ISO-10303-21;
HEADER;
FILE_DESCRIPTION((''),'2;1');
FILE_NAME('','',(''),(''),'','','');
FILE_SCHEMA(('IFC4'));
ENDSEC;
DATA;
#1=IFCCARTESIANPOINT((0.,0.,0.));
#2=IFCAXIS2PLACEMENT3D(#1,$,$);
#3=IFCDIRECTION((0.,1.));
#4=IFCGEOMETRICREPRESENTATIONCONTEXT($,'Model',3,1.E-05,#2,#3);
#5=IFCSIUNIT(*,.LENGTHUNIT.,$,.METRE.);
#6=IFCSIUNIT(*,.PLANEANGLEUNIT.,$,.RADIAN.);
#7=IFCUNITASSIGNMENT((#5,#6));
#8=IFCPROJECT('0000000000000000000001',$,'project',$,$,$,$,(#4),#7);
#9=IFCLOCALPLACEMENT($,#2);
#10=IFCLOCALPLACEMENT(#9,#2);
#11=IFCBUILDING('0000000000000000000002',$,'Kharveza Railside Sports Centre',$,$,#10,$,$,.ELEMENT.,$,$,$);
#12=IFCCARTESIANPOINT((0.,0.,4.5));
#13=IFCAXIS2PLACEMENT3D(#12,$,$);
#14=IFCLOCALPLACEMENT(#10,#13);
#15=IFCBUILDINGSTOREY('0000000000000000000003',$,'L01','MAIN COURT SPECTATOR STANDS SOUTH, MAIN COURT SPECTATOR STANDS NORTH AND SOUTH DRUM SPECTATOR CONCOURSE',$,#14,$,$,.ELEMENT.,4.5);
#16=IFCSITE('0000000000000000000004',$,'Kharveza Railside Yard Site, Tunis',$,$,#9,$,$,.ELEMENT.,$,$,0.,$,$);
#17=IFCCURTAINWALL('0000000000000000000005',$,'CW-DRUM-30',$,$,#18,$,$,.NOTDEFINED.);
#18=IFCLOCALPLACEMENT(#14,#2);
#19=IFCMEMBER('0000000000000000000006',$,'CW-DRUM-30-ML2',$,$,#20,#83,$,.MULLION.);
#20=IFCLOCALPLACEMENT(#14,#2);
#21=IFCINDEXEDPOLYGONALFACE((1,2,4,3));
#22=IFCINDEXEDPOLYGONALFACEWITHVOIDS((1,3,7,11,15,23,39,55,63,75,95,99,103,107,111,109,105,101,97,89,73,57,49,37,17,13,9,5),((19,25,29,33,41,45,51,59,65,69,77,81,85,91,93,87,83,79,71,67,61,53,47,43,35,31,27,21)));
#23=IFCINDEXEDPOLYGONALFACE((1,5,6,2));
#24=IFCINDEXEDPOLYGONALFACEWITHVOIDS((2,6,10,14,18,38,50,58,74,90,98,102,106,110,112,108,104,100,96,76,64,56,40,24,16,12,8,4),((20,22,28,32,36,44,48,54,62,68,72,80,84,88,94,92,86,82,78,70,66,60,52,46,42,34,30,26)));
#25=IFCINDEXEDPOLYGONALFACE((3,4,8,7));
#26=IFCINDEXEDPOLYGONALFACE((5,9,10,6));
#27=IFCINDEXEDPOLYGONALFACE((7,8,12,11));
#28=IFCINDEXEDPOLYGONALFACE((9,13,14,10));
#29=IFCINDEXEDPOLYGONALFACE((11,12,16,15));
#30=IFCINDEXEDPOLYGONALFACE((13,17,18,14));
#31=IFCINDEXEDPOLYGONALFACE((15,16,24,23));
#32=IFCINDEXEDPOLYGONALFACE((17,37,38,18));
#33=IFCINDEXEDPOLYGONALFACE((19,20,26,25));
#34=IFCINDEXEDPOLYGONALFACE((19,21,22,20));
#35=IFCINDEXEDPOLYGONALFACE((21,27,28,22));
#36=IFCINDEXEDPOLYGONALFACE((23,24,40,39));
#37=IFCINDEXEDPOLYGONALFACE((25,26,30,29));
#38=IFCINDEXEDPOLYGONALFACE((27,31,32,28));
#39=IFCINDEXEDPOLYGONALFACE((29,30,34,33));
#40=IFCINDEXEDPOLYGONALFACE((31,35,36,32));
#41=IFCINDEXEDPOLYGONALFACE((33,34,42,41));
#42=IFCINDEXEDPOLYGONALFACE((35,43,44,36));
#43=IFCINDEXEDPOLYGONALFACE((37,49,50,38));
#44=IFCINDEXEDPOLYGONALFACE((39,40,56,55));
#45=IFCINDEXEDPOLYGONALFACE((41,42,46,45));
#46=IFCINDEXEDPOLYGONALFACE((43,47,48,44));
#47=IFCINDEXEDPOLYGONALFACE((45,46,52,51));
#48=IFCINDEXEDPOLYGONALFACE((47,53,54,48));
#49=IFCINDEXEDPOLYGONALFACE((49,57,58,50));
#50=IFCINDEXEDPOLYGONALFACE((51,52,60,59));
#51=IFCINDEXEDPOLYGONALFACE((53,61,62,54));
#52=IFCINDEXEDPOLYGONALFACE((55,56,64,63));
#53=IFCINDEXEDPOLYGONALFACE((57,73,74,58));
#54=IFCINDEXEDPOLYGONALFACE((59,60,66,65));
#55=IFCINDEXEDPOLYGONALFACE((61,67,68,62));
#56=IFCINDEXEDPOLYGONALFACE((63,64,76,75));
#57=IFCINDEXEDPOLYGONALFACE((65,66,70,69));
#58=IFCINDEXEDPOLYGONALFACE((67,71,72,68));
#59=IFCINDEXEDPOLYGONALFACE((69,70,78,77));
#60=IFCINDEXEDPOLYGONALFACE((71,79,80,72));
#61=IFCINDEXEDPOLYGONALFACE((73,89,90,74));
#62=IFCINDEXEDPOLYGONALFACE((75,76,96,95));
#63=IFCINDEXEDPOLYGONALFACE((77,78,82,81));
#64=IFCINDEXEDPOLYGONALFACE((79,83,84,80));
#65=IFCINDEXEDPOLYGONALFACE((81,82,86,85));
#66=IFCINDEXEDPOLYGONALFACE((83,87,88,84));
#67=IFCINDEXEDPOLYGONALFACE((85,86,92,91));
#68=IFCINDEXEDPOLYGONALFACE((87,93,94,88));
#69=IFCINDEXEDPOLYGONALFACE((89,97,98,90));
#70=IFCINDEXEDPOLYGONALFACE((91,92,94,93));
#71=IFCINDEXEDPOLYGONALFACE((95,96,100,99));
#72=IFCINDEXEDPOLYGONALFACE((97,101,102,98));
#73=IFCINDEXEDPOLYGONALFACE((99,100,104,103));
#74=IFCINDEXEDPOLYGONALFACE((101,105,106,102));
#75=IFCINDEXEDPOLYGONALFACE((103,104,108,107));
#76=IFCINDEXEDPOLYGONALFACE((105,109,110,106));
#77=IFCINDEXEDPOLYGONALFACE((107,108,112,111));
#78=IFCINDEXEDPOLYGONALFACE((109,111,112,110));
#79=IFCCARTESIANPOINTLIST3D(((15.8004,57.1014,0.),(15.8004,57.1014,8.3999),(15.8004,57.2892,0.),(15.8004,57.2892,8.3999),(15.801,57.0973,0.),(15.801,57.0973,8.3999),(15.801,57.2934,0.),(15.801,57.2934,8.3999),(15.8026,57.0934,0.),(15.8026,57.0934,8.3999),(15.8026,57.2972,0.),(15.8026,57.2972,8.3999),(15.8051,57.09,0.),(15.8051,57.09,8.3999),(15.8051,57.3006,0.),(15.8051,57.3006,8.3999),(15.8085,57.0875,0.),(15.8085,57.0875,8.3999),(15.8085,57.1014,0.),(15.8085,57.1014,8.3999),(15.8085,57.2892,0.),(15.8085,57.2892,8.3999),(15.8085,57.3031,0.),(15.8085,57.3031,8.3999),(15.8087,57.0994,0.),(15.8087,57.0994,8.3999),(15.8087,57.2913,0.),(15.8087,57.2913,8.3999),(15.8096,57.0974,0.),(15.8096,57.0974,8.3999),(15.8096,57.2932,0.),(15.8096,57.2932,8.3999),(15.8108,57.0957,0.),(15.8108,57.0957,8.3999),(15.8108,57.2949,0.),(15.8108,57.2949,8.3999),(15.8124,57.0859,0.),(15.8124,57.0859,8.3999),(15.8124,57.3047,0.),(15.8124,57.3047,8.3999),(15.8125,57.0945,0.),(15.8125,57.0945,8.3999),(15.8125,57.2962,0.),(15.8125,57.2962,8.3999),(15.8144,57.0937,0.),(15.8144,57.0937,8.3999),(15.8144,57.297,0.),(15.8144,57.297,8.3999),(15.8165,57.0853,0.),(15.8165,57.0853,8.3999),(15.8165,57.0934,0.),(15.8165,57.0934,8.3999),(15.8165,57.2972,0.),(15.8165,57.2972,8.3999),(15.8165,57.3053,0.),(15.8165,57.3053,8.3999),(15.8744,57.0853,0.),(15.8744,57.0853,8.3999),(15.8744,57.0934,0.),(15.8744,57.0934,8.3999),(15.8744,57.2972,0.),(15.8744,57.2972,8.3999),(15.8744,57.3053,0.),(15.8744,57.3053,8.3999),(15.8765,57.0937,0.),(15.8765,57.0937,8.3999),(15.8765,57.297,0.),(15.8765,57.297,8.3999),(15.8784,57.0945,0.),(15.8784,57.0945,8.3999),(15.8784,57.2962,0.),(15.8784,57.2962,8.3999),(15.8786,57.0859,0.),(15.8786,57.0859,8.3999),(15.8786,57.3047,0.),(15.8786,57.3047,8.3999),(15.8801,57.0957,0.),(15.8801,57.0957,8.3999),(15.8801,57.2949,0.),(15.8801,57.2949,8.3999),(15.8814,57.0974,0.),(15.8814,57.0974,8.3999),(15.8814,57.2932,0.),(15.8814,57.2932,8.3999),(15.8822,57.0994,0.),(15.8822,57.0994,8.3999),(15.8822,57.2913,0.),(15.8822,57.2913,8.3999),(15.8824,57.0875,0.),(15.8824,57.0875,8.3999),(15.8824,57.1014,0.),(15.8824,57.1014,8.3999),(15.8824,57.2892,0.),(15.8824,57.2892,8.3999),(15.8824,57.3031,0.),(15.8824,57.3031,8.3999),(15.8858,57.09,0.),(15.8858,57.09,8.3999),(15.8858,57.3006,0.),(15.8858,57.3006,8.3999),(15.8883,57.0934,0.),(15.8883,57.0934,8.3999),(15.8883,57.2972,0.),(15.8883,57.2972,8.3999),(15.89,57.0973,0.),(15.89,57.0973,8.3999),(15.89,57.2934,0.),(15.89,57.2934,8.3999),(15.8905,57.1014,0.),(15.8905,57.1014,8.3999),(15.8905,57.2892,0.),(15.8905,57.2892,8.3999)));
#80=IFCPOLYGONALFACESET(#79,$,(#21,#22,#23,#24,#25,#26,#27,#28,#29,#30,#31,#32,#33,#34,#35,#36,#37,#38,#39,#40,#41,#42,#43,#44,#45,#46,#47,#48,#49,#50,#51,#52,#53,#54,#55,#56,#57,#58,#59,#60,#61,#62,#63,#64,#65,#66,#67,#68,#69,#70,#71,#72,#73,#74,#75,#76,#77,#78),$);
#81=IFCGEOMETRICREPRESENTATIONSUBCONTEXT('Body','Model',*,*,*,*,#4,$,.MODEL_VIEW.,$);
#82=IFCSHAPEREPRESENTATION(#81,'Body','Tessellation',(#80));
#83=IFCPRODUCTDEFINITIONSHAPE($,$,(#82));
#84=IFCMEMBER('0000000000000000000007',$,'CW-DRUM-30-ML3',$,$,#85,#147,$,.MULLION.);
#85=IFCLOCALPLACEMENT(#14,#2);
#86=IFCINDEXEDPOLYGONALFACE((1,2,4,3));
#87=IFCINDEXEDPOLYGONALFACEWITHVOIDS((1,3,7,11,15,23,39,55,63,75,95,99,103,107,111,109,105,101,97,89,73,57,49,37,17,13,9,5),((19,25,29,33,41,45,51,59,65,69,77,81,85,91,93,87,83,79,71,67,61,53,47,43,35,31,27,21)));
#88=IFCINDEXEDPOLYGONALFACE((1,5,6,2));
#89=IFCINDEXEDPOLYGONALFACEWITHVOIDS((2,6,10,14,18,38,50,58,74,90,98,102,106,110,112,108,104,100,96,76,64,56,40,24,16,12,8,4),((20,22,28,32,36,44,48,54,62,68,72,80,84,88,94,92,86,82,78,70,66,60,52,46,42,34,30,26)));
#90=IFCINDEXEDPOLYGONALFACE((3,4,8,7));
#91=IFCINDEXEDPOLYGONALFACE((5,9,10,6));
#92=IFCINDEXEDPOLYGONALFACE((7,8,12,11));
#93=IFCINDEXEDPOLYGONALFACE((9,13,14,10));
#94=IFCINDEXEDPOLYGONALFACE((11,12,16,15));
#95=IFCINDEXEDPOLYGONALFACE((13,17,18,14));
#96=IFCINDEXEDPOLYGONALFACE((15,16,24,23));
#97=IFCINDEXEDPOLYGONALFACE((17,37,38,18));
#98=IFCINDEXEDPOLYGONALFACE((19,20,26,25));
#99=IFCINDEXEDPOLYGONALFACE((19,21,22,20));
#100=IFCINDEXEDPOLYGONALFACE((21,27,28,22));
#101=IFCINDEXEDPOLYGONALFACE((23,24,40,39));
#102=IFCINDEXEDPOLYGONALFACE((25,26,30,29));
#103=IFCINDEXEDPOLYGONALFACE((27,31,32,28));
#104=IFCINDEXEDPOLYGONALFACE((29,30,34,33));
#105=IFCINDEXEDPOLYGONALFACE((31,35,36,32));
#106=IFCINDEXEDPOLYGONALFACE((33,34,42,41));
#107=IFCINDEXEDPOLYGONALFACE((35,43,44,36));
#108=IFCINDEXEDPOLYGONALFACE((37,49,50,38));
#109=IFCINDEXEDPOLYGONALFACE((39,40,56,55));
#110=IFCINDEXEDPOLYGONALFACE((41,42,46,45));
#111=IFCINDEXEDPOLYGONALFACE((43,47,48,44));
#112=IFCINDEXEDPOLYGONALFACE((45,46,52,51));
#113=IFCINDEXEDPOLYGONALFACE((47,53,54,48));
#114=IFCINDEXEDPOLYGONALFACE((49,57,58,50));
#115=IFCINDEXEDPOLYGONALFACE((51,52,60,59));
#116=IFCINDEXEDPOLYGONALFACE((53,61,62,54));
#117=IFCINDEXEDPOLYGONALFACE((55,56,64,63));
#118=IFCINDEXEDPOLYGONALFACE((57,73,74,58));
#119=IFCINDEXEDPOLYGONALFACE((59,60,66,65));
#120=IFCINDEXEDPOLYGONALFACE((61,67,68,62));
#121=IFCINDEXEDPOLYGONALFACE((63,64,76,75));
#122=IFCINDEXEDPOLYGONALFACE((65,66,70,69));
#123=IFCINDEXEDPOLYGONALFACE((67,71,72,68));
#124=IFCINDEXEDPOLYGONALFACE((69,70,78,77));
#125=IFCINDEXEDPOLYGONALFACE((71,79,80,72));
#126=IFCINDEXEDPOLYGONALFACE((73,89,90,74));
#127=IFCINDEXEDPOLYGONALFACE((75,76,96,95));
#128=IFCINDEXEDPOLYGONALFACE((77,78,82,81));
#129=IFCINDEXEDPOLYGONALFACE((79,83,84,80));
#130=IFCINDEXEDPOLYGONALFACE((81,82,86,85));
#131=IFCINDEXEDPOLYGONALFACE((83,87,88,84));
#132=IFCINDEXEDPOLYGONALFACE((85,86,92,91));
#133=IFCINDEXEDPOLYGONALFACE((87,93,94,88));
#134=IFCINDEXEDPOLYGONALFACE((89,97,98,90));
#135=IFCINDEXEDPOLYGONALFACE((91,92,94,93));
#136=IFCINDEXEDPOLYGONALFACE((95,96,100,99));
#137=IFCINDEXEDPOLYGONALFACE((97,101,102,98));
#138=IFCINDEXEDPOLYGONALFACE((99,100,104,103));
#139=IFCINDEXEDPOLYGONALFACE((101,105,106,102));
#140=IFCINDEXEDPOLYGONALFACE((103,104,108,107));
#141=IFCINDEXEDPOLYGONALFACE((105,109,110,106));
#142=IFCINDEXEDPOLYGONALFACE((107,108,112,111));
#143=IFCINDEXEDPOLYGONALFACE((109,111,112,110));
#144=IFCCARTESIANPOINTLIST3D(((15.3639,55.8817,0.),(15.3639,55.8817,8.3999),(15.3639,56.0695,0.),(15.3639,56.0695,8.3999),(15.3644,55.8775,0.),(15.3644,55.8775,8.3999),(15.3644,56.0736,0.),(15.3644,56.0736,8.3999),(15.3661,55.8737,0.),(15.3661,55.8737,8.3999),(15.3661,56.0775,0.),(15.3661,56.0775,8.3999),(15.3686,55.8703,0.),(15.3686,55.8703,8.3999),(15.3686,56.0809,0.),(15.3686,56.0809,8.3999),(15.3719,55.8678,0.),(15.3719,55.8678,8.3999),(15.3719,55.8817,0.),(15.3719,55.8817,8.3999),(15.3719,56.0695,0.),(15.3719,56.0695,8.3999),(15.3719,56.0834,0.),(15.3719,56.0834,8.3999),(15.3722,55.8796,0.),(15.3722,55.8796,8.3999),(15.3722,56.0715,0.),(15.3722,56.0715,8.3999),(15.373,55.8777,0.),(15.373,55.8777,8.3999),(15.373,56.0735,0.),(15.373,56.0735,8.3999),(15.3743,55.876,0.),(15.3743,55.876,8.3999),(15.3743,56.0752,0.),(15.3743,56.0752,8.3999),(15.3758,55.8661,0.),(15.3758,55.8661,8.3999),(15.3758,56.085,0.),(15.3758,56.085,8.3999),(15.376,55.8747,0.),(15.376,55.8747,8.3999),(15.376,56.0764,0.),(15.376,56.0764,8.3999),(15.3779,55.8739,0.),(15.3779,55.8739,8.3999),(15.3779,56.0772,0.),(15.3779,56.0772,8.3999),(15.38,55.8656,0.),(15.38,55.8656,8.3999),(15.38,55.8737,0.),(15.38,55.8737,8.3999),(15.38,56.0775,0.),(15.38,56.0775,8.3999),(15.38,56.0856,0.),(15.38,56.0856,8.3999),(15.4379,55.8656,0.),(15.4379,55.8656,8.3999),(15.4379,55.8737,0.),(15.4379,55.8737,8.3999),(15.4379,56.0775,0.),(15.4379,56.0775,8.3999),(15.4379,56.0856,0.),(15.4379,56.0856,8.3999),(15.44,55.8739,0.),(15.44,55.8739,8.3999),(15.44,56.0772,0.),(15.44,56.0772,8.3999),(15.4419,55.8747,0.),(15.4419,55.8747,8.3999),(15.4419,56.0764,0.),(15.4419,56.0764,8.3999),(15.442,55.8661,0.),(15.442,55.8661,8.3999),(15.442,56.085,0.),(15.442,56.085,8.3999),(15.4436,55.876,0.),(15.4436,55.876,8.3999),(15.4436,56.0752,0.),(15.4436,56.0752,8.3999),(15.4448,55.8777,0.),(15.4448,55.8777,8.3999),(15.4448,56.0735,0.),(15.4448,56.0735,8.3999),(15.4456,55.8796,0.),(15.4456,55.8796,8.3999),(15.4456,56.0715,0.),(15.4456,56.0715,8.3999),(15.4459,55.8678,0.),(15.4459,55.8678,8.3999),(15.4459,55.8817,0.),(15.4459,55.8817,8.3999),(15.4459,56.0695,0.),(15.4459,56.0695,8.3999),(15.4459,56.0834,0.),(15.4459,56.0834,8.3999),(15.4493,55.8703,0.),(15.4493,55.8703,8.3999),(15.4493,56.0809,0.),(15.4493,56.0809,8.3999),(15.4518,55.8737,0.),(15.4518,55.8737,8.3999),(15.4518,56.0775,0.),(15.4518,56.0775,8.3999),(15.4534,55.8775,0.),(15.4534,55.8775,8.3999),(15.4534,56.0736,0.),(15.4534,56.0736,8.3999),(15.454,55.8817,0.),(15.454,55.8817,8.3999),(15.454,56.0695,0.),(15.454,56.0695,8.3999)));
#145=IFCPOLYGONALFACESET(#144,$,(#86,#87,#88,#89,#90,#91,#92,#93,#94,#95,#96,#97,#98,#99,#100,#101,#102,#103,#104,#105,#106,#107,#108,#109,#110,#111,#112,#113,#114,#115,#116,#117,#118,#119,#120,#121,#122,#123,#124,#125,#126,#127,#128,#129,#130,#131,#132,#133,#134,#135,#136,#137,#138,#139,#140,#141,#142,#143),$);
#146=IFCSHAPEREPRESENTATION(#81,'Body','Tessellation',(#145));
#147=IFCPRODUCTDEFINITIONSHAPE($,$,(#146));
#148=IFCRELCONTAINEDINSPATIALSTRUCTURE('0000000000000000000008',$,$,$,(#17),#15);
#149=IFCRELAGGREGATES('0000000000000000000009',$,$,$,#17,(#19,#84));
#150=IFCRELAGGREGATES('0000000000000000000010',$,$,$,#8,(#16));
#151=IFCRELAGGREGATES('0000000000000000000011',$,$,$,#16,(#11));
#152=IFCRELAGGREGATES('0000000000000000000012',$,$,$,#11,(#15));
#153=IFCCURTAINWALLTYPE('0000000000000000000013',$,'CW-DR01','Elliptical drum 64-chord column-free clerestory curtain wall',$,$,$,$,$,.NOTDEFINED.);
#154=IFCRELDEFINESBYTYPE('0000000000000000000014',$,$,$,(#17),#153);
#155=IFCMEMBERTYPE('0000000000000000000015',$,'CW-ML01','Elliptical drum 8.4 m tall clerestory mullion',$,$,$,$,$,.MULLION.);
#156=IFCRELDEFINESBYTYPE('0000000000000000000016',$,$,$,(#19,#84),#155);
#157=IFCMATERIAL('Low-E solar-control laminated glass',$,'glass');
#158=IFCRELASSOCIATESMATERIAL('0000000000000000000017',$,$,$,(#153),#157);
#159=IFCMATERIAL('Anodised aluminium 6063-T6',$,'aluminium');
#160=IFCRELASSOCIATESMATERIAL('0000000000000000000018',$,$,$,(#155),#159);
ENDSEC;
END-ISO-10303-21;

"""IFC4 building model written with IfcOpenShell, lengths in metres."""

from ifc_helpers import new_model, si_unit, direction, frame, origin, origin_2d, place, context, subcontext, project, spatial, hollow_rectangle, extrude, material, material_profile, profile_set, type_object, element, aggregate, save


model = new_model("IFC4")

# Units and contexts
model_context = context("Model", 3, precision=1e-05, world=origin(), true_north=direction((0.0, 1.0)))
body_context = subcontext(model_context, "Body", "Model", "MODEL_VIEW")
ifc_project = project(units=[si_unit("LENGTHUNIT", "METRE"), si_unit("PLANEANGLEUNIT", "RADIAN")], contexts=[model_context])

# Site, building, storey
site_placement = place(None, origin())
site = spatial("IfcSite", under=ifc_project, at=site_placement, Name="Kharveza Railside Yard Site, Tunis", CompositionType="ELEMENT", RefElevation=0.0)
building_placement = place(site_placement, origin())
building = spatial("IfcBuilding", under=site, at=building_placement, Name="Kharveza Railside Sports Centre", CompositionType="ELEMENT")
storey_placement = place(building_placement, frame((0.0, 0.0, 4.5)))
storey = spatial("IfcBuildingStorey", under=building, at=storey_placement, Name="L01", Description="MAIN COURT SPECTATOR STANDS SOUTH, MAIN COURT SPECTATOR STANDS NORTH AND SOUTH DRUM SPECTATOR CONCOURSE", CompositionType="ELEMENT", Elevation=4.5)

# Shared definitions
ifc_material_1 = material(Name="Low-E solar-control laminated glass", Category="glass")
curtain_wall_type = type_object("IfcCurtainWallType", Name="CW-DR01", Description="Elliptical drum 64-chord column-free clerestory curtain wall", PredefinedType="NOTDEFINED", material=ifc_material_1)
ifc_material_2 = material(Name="Anodised aluminium 6063-T6", Category="aluminium")
ifc_material_profile_1 = material_profile(ifc_material_2, hollow_rectangle(XDim=0.0901, YDim=0.22, WallThickness=0.0081, InnerFilletRadius=0.0081, OuterFilletRadius=0.0161, at=origin_2d()), Name="RHS 90x220x8.0")
ifc_profile_set_1 = profile_set([ifc_material_profile_1], Name="Anodised aluminium 6063-T6")
member_type_1 = type_object("IfcMemberType", Name="CW-ML01", Description="Elliptical drum 8.4 m tall clerestory mullion", PredefinedType="MULLION", material=ifc_profile_set_1)

# Curtain wall, members
curtain_wall_1_placement = place(storey_placement, origin())
curtain_wall_1 = element("IfcCurtainWall", 1, at=curtain_wall_1_placement, inside=storey, type_object=curtain_wall_type, Name="CW-DRUM-30", PredefinedType="NOTDEFINED")
member_1_placement = place(storey_placement, frame((15.8455, 57.1953, 0.0), z_axis=(0.0, 0.0, 1.0), x_axis=(1.0, 0.0, 0.0)))
member_1 = element("IfcMember", 2, at=member_1_placement, type_object=member_type_1, Name="CW-DRUM-30-ML2", PredefinedType="MULLION", context=body_context, shape_type="SweptSolid", body=[
    extrude(hollow_rectangle(XDim=0.0901, YDim=0.22, WallThickness=0.0081, InnerFilletRadius=0.0081, OuterFilletRadius=0.0161, at=origin_2d()), origin(), (0.0, 0.0, 1.0), 8.3999),
])
member_2_placement = place(storey_placement, frame((15.4089, 55.9756, 0.0), z_axis=(0.0, 0.0, 1.0), x_axis=(1.0, 0.0, 0.0)))
member_2 = element("IfcMember", 3, at=member_2_placement, type_object=member_type_1, Name="CW-DRUM-30-ML3", PredefinedType="MULLION", context=body_context, shape_type="SweptSolid", body=[
    extrude(hollow_rectangle(XDim=0.0901, YDim=0.22, WallThickness=0.0081, InnerFilletRadius=0.0081, OuterFilletRadius=0.0161, at=origin_2d()), origin(), (0.0, 0.0, 1.0), 8.3999),
])

aggregate(curtain_wall_1, [member_1, member_2])

save(model, "model.ifc")
